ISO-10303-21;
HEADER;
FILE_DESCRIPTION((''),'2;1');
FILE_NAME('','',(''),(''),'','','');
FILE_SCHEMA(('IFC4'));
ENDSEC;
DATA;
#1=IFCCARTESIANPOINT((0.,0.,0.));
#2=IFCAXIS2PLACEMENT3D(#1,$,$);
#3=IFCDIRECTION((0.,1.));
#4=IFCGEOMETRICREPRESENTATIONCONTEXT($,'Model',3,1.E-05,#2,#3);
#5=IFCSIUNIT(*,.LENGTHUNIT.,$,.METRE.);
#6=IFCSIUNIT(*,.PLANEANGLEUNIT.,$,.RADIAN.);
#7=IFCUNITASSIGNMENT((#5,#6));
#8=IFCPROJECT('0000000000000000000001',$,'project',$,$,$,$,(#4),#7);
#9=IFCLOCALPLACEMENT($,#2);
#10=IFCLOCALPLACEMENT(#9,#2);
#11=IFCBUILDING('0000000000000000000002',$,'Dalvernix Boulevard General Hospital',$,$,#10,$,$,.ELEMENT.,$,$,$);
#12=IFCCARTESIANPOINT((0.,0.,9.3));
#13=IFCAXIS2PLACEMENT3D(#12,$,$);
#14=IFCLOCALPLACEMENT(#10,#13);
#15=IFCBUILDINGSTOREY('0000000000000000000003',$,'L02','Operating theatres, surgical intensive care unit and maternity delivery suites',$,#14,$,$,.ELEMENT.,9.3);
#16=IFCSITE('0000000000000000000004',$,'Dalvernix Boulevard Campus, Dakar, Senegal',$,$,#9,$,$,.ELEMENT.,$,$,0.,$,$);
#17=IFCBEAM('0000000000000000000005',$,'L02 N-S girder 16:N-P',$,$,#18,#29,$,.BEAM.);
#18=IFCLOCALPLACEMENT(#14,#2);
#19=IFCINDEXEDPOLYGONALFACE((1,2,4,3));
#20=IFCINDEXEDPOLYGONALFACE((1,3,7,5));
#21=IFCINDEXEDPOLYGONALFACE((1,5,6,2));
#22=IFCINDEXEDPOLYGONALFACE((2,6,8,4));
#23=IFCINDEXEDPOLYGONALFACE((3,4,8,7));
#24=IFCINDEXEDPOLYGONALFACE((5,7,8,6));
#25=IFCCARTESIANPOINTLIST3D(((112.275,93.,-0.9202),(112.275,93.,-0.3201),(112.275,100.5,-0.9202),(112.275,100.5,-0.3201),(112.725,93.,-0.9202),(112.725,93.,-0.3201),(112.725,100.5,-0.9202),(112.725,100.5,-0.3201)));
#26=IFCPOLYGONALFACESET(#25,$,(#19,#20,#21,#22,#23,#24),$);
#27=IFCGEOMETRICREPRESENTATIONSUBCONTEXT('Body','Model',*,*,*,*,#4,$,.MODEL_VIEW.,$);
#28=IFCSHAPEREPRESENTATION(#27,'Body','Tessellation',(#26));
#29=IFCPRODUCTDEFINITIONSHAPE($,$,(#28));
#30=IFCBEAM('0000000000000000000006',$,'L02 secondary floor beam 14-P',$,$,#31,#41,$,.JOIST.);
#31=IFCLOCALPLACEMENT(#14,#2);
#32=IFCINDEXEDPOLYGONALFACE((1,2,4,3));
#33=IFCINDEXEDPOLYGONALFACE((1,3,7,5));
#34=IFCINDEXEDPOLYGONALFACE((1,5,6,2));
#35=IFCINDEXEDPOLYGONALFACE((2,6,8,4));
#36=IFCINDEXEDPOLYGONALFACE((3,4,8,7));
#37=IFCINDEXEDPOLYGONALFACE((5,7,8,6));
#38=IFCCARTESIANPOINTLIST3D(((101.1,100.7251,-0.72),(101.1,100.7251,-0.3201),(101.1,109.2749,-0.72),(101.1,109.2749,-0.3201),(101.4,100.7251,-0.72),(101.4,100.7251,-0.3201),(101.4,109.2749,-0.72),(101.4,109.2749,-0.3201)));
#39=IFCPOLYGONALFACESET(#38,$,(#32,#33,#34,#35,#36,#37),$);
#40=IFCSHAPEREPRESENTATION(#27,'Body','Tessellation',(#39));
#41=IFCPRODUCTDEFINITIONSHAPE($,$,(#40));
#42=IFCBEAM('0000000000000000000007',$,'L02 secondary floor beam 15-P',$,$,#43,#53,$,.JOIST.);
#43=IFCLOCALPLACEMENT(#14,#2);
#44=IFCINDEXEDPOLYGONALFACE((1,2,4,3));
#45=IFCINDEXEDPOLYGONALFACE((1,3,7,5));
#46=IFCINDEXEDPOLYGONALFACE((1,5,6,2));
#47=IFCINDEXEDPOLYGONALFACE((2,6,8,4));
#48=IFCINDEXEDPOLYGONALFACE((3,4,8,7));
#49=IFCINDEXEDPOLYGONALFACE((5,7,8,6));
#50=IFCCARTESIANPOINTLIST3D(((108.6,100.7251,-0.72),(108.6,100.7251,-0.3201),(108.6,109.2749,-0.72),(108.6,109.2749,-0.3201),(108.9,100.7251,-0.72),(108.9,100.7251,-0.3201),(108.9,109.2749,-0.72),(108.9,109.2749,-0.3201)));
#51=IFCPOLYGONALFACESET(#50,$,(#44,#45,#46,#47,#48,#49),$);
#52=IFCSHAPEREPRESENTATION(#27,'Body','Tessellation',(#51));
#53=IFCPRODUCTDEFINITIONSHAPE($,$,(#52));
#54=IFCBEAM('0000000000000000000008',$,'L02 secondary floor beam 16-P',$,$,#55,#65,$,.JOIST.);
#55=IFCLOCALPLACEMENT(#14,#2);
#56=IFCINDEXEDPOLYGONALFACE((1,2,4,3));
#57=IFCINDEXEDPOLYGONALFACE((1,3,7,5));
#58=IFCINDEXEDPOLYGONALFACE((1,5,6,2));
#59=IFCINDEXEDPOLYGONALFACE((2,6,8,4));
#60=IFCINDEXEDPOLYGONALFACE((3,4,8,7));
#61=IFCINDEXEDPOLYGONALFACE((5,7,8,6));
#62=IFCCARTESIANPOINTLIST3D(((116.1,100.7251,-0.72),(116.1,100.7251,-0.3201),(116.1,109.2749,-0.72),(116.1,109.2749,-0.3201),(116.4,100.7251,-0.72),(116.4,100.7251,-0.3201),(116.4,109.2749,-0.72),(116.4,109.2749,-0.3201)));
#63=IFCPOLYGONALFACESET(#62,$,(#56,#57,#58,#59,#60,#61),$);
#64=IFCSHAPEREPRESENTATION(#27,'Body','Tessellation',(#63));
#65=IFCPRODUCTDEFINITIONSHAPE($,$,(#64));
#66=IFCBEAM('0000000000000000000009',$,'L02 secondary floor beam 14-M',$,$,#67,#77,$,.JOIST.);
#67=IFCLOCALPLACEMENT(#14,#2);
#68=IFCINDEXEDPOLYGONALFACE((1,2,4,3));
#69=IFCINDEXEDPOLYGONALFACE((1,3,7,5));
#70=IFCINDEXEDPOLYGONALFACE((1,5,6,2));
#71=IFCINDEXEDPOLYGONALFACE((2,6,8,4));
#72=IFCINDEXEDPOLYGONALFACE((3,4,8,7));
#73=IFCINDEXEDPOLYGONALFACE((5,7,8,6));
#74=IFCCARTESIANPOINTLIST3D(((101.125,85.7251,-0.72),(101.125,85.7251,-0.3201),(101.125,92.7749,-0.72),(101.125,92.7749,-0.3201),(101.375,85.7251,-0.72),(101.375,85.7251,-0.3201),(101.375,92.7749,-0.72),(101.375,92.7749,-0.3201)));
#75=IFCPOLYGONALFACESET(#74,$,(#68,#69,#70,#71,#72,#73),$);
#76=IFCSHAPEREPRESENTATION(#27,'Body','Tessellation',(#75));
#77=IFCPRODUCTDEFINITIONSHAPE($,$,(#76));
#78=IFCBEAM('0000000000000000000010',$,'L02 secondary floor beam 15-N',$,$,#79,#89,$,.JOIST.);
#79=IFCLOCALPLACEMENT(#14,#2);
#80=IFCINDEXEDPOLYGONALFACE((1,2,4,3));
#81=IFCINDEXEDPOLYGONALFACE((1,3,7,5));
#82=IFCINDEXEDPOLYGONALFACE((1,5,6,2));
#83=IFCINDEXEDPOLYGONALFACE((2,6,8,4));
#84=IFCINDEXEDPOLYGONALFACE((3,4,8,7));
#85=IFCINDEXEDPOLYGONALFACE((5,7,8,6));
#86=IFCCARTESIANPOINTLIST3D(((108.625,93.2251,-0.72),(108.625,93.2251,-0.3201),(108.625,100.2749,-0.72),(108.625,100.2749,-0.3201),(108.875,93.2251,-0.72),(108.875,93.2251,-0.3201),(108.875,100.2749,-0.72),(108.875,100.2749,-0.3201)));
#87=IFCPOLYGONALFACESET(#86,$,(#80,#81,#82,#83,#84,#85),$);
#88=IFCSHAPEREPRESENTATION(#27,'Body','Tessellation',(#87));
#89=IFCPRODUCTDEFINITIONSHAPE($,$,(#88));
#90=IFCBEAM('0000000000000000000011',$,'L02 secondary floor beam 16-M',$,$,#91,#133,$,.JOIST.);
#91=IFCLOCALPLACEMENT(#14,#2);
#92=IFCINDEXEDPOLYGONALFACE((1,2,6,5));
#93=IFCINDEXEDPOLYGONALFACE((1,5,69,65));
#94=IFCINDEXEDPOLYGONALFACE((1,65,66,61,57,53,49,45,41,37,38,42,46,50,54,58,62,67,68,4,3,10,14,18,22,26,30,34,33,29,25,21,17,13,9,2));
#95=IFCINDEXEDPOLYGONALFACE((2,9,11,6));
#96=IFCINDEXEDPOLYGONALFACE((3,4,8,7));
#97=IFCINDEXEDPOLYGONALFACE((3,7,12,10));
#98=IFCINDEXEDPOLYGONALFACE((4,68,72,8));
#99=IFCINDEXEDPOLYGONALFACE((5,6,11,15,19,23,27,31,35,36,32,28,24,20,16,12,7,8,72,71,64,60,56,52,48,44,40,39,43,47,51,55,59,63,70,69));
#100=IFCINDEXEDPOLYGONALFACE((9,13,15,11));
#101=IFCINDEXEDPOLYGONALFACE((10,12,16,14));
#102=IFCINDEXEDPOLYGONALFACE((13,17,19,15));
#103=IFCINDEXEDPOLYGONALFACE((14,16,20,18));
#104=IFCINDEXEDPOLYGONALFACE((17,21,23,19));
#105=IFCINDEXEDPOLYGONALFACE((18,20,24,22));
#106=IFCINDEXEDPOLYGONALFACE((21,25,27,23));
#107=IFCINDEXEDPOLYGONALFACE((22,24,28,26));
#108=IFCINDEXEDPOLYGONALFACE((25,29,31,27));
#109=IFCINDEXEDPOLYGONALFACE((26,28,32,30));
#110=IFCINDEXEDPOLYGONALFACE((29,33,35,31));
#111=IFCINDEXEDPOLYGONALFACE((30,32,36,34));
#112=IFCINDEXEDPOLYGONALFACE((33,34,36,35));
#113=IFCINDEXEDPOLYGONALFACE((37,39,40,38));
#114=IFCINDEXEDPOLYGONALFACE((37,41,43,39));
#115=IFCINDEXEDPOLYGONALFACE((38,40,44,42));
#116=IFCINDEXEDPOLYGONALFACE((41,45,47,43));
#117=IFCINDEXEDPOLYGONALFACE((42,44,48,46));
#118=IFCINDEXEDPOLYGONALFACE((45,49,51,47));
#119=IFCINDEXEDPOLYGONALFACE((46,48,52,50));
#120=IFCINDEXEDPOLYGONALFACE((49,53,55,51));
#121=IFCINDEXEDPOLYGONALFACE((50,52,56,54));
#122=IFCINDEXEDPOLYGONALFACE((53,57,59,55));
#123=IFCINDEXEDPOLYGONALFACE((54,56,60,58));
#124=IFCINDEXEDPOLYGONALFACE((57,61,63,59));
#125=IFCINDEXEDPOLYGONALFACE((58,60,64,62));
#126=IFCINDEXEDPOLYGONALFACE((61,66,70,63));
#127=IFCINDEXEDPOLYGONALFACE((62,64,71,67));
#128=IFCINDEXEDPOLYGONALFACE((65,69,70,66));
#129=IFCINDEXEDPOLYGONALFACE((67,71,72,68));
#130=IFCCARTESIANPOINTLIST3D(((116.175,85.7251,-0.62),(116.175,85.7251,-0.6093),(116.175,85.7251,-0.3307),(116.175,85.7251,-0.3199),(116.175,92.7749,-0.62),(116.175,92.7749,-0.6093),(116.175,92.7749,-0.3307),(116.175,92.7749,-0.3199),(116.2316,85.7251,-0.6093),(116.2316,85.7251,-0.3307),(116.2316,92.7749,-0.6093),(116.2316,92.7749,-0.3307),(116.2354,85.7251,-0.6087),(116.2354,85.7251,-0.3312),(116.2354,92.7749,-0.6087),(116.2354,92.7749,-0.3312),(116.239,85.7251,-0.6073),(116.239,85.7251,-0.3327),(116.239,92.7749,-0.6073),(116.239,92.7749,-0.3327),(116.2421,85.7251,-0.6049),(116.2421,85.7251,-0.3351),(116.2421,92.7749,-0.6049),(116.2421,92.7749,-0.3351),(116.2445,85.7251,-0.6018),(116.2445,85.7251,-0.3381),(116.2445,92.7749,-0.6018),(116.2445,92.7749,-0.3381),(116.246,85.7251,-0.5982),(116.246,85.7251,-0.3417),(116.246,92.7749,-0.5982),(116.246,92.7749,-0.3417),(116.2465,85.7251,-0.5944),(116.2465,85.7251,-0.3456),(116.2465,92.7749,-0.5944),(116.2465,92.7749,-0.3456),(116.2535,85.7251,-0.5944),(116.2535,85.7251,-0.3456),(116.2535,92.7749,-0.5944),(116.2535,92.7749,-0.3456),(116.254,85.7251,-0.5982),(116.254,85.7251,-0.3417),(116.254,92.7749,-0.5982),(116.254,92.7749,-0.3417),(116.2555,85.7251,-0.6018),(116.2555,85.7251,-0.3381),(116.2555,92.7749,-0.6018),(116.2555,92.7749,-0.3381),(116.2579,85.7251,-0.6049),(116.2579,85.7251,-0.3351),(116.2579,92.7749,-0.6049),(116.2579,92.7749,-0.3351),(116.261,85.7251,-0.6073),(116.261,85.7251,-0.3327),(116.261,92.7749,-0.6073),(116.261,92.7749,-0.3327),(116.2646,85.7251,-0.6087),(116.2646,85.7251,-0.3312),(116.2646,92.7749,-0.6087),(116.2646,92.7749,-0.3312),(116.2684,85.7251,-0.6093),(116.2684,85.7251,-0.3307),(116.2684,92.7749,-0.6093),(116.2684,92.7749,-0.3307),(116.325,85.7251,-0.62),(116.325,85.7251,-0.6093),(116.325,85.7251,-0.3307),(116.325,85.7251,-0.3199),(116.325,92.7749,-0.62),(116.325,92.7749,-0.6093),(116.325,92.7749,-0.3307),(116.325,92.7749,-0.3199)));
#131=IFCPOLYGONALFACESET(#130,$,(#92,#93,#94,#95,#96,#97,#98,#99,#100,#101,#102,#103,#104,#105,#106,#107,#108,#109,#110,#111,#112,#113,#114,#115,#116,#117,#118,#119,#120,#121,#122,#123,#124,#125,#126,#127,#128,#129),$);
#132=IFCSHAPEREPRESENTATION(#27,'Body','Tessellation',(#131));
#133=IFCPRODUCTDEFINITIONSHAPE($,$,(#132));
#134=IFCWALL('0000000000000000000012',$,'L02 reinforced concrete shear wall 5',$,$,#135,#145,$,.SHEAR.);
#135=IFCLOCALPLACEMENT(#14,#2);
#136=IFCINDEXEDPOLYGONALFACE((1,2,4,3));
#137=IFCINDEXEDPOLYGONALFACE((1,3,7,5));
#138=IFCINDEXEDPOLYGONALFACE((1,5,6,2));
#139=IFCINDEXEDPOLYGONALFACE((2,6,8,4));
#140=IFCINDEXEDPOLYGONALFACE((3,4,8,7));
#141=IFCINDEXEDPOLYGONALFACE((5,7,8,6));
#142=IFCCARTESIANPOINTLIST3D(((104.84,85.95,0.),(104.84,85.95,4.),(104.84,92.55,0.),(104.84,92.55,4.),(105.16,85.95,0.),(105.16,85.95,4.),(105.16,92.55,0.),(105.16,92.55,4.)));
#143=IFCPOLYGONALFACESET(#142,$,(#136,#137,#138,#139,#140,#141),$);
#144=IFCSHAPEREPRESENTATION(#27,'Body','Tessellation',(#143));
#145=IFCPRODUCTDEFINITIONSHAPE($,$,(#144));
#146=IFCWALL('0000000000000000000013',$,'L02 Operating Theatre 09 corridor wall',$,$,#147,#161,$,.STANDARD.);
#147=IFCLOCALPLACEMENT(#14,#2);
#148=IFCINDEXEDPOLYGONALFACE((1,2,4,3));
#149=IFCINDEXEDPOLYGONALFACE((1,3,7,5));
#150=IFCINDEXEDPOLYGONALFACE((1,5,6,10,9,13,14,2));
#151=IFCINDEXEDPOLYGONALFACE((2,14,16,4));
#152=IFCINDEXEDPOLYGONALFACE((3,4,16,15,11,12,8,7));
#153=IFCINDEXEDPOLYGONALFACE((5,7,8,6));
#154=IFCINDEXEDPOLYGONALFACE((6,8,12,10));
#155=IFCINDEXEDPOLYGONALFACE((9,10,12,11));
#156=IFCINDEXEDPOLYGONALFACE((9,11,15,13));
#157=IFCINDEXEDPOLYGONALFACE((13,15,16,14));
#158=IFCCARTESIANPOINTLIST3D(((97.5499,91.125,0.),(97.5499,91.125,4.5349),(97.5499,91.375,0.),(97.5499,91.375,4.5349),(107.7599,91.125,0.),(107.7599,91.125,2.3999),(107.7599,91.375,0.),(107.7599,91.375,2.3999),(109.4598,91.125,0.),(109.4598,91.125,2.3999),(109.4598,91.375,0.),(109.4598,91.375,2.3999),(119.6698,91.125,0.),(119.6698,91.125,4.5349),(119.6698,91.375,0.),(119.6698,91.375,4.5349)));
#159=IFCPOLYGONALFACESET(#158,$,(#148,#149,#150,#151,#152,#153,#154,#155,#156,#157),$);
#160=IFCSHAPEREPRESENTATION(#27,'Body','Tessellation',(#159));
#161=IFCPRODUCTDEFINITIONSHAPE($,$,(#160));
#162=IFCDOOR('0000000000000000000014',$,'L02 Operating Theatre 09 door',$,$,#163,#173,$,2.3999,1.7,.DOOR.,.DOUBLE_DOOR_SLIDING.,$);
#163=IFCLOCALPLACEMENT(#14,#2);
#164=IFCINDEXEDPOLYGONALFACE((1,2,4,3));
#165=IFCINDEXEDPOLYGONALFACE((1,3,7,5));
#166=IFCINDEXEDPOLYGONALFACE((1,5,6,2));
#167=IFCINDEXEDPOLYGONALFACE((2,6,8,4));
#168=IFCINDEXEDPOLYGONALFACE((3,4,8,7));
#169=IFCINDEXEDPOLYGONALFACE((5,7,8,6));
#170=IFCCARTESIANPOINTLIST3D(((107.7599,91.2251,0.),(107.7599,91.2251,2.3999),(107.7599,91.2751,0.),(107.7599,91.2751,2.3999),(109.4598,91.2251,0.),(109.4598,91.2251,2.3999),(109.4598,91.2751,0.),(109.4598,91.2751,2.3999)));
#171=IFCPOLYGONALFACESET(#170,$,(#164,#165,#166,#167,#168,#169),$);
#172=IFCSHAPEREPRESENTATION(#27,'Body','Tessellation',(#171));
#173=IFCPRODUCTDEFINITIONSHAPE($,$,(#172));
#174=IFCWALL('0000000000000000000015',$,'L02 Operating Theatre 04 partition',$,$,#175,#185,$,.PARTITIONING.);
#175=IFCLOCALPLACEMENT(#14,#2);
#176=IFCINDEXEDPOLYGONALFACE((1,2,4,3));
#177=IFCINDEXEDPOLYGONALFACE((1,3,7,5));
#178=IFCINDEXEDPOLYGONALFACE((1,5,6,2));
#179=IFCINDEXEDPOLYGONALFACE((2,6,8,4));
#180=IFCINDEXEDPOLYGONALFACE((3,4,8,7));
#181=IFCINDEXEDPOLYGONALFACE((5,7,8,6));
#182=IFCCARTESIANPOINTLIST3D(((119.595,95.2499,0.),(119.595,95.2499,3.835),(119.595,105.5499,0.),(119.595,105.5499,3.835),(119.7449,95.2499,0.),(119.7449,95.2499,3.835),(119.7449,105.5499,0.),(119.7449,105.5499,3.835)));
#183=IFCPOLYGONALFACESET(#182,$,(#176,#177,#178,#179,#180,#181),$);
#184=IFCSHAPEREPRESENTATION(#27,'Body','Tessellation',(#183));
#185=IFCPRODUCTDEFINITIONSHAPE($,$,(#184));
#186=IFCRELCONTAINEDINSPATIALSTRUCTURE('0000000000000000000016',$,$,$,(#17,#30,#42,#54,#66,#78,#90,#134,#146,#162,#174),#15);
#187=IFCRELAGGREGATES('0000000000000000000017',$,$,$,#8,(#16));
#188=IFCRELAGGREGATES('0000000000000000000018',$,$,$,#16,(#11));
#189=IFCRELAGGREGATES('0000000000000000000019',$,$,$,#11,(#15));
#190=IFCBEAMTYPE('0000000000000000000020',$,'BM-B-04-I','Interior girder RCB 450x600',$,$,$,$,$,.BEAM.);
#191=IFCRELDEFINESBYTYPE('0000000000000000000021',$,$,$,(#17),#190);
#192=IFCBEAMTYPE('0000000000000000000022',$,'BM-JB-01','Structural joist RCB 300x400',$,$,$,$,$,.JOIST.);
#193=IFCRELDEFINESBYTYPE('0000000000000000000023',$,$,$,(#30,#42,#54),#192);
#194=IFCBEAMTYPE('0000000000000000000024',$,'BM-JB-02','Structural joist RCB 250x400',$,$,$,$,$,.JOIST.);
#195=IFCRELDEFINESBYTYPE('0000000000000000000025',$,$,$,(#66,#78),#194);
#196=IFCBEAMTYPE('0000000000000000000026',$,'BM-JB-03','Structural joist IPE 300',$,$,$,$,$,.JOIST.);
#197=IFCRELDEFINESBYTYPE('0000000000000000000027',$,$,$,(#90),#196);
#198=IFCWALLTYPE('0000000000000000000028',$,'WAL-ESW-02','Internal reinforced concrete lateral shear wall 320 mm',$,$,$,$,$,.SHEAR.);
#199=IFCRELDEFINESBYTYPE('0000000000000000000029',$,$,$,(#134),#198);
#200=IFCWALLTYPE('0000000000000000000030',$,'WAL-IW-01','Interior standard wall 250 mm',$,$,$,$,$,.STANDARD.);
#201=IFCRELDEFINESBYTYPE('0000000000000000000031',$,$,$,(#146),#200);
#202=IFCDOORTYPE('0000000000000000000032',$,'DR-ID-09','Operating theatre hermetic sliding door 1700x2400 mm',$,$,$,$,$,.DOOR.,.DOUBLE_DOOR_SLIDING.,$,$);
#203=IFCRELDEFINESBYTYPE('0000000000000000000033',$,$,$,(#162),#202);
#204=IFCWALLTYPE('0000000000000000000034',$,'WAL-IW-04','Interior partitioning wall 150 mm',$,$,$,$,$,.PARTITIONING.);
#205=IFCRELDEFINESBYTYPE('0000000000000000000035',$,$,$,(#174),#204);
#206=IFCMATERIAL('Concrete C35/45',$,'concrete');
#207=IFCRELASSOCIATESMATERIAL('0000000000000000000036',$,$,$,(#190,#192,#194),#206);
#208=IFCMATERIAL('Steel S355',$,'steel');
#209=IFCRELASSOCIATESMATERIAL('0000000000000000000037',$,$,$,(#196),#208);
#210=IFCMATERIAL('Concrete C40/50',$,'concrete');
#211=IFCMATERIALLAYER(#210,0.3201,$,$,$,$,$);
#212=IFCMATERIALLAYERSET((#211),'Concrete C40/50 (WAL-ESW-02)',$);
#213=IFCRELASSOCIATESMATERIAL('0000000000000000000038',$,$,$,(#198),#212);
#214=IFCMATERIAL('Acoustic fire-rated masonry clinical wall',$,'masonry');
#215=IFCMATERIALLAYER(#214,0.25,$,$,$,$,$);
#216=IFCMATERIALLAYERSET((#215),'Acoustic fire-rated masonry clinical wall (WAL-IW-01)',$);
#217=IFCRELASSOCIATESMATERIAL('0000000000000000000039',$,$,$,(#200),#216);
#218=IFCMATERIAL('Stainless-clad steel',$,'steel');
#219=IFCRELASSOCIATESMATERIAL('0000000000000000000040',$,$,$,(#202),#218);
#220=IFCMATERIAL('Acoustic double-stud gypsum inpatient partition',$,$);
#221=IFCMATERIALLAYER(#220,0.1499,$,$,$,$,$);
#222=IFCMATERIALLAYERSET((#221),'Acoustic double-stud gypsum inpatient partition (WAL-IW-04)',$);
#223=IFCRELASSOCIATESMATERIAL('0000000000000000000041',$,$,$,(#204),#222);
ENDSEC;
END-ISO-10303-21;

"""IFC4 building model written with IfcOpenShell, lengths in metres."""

from ifc_helpers import new_model, si_unit, direction, frame, frame_2d, origin, origin_2d, place, context, subcontext, project, spatial, rectangle, i_section, extrude, material, layer, layer_set, material_profile, profile_set, type_object, element, fill, save


model = new_model("IFC4")

# Units and contexts
model_context = context("Model", 3, precision=1e-05, world=origin(), true_north=direction((0.0, 1.0)))
body_context = subcontext(model_context, "Body", "Model", "MODEL_VIEW")
ifc_project = project(units=[si_unit("LENGTHUNIT", "METRE"), si_unit("PLANEANGLEUNIT", "RADIAN")], contexts=[model_context])

# Site, building, storey
site_placement = place(None, origin())
site = spatial("IfcSite", under=ifc_project, at=site_placement, Name="Dalvernix Boulevard Campus, Dakar, Senegal", CompositionType="ELEMENT", RefElevation=0.0)
building_placement = place(site_placement, origin())
building = spatial("IfcBuilding", under=site, at=building_placement, Name="Dalvernix Boulevard General Hospital", CompositionType="ELEMENT")
storey_placement = place(building_placement, frame((0.0, 0.0, 9.3)))
storey = spatial("IfcBuildingStorey", under=building, at=storey_placement, Name="L02", Description="Operating theatres, surgical intensive care unit and maternity delivery suites", CompositionType="ELEMENT", Elevation=9.3)

# Shared definitions
ifc_material_1 = material(Name="Concrete C40/50", Category="concrete")

# Beams
ifc_material_2 = material(Name="Concrete C35/45", Category="concrete")
ifc_material_profile_1 = material_profile(ifc_material_2, rectangle(XDim=0.45, YDim=0.6001, at=origin_2d()), Name="RCB 450x600")
ifc_profile_set_1 = profile_set([ifc_material_profile_1], Name="Concrete C35/45")
beam_type_1 = type_object("IfcBeamType", Name="BM-B-04-I", Description="Interior girder RCB 450x600", PredefinedType="BEAM", material=ifc_profile_set_1)
for number, where, z_axis, x_axis, name in (
    (1, (112.5, 93.0, -0.6201), (0.0, 1.0, 0.0), (-1.0, 0.0, 0.0), "L02 N-S girder 16:N-P"),
):
    element("IfcBeam", number, at=place(storey_placement, frame(where, z_axis=z_axis, x_axis=x_axis)), inside=storey, type_object=beam_type_1, Name=name, PredefinedType="BEAM", context=body_context, shape_type="SweptSolid", body=[
        extrude(rectangle(XDim=0.45, YDim=0.6001, at=origin_2d()), origin(), (0.0, 0.0, 1.0), 7.5),
    ])
ifc_material_profile_2 = material_profile(ifc_material_2, rectangle(XDim=0.3, YDim=0.3999, at=origin_2d()), Name="RCB 300x400")
ifc_profile_set_2 = profile_set([ifc_material_profile_2], Name="Concrete C35/45")
beam_type_2 = type_object("IfcBeamType", Name="BM-JB-01", Description="Structural joist RCB 300x400", PredefinedType="JOIST", material=ifc_profile_set_2)
for number, where, z_axis, x_axis, name in (
    (2, (101.25, 100.7251, -0.52), (0.0, 1.0, 0.0), (-1.0, 0.0, 0.0), "L02 secondary floor beam 14-P"),
    (3, (108.75, 100.7251, -0.52), (0.0, 1.0, 0.0), (-1.0, 0.0, 0.0), "L02 secondary floor beam 15-P"),
    (4, (116.25, 100.7251, -0.52), (0.0, 1.0, 0.0), (-1.0, 0.0, 0.0), "L02 secondary floor beam 16-P"),
):
    element("IfcBeam", number, at=place(storey_placement, frame(where, z_axis=z_axis, x_axis=x_axis)), inside=storey, type_object=beam_type_2, Name=name, PredefinedType="JOIST", context=body_context, shape_type="SweptSolid", body=[
        extrude(rectangle(XDim=0.3, YDim=0.3999, at=origin_2d()), origin(), (0.0, 0.0, 1.0), 8.5498),
    ])
ifc_material_profile_3 = material_profile(ifc_material_2, rectangle(XDim=0.25, YDim=0.3999, at=origin_2d()), Name="RCB 250x400")
ifc_profile_set_3 = profile_set([ifc_material_profile_3], Name="Concrete C35/45")
beam_type_3 = type_object("IfcBeamType", Name="BM-JB-02", Description="Structural joist RCB 250x400", PredefinedType="JOIST", material=ifc_profile_set_3)
for number, where, z_axis, x_axis, name in (
    (5, (101.25, 85.7251, -0.52), (0.0, 1.0, 0.0), (-1.0, 0.0, 0.0), "L02 secondary floor beam 14-M"),
    (6, (108.75, 93.2251, -0.52), (0.0, 1.0, 0.0), (-1.0, 0.0, 0.0), "L02 secondary floor beam 15-N"),
):
    element("IfcBeam", number, at=place(storey_placement, frame(where, z_axis=z_axis, x_axis=x_axis)), inside=storey, type_object=beam_type_3, Name=name, PredefinedType="JOIST", context=body_context, shape_type="SweptSolid", body=[
        extrude(rectangle(XDim=0.25, YDim=0.3999, at=origin_2d()), origin(), (0.0, 0.0, 1.0), 7.0498),
    ])
ifc_material_3 = material(Name="Steel S355", Category="steel")
ifc_material_profile_4 = material_profile(ifc_material_3, i_section(OverallWidth=0.1499, OverallDepth=0.3, WebThickness=0.0071, FlangeThickness=0.0107, FilletRadius=0.0149, at=origin_2d()), Name="IPE 300")
ifc_profile_set_4 = profile_set([ifc_material_profile_4], Name="Steel S355")
beam_type_4 = type_object("IfcBeamType", Name="BM-JB-03", Description="Structural joist IPE 300", PredefinedType="JOIST", material=ifc_profile_set_4)
beam_placement = place(storey_placement, frame((116.25, 85.7251, -0.47), z_axis=(0.0, 1.0, 0.0), x_axis=(-1.0, 0.0, 0.0)))
element("IfcBeam", 7, at=beam_placement, inside=storey, type_object=beam_type_4, Name="L02 secondary floor beam 16-M", PredefinedType="JOIST", context=body_context, shape_type="SweptSolid", body=[
    extrude(i_section(OverallWidth=0.1499, OverallDepth=0.3, WebThickness=0.0071, FlangeThickness=0.0107, FilletRadius=0.0149, at=origin_2d()), origin(), (0.0, 0.0, 1.0), 7.0498),
])

# Wall
ifc_layer_1 = layer(ifc_material_1, 0.3201)
ifc_layer_set_1 = layer_set([ifc_layer_1], Name="Concrete C40/50 (WAL-ESW-02)")
wall_type_1 = type_object("IfcWallType", Name="WAL-ESW-02", Description="Internal reinforced concrete lateral shear wall 320 mm", PredefinedType="SHEAR", material=ifc_layer_set_1)
wall_1_placement = place(storey_placement, frame((105.0, 85.95, 0.0), z_axis=(0.0, 0.0, 1.0), x_axis=(0.0, 1.0, 0.0)))
element("IfcWall", 8, at=wall_1_placement, inside=storey, type_object=wall_type_1, Name="L02 reinforced concrete shear wall 5", PredefinedType="SHEAR", context=body_context, shape_type="SweptSolid", body=[
    extrude(rectangle(XDim=6.6001, YDim=0.3201, at=frame_2d((3.3, 0.0))), origin(), (0.0, 0.0, 1.0), 4.0),
])

# Wall, opening, door
ifc_material_4 = material(Name="Acoustic fire-rated masonry clinical wall", Category="masonry")
ifc_layer_2 = layer(ifc_material_4, 0.25)
ifc_layer_set_2 = layer_set([ifc_layer_2], Name="Acoustic fire-rated masonry clinical wall (WAL-IW-01)")
wall_type_2 = type_object("IfcWallType", Name="WAL-IW-01", Description="Interior standard wall 250 mm", PredefinedType="STANDARD", material=ifc_layer_set_2)
wall_2_placement = place(storey_placement, frame((119.6699, 91.25, 0.0), z_axis=(0.0, 0.0, 1.0), x_axis=(-1.0, 0.0, 0.0)))
wall_2 = element("IfcWall", 9, at=wall_2_placement, inside=storey, type_object=wall_type_2, Name="L02 Operating Theatre 09 corridor wall", PredefinedType="STANDARD", context=body_context, shape_type="SweptSolid", body=[
    extrude(rectangle(XDim=22.1199, YDim=0.25, at=frame_2d((11.0601, 0.0))), origin(), (0.0, 0.0, 1.0), 4.5349),
])
opening_placement = place(wall_2_placement, frame((10.21, 0.0, 0.0)))
opening = element("IfcOpeningElement", 10, at=opening_placement, cuts=wall_2, PredefinedType="OPENING", context=body_context, shape_type="SweptSolid", body=[
    extrude(rectangle(XDim=1.7, YDim=2.3999, at=frame_2d((0.8501, 1.2))), frame((0.0, 0.135, 0.0), z_axis=(0.0, -1.0, 0.0), x_axis=(1.0, 0.0, 0.0)), (0.0, 0.0, 1.0), 0.27),
])
ifc_material_5 = material(Name="Stainless-clad steel", Category="steel")
door_type = type_object("IfcDoorType", Name="DR-ID-09", Description="Operating theatre hermetic sliding door 1700x2400 mm", OperationType="DOUBLE_DOOR_SLIDING", PredefinedType="DOOR", material=ifc_material_5)
door_placement = place(opening_placement, origin())
door = element("IfcDoor", 11, at=door_placement, inside=storey, type_object=door_type, Name="L02 Operating Theatre 09 door", OperationType="DOUBLE_DOOR_SLIDING", OverallHeight=2.3999, OverallWidth=1.7, PredefinedType="DOOR", context=body_context, shape_type="SweptSolid", body=[
    extrude(rectangle(XDim=1.7, YDim=2.3999, at=frame_2d((0.8501, 1.2))), frame((0.0, 0.0249, 0.0), z_axis=(0.0, -1.0, 0.0), x_axis=(1.0, 0.0, 0.0)), (0.0, 0.0, 1.0), 0.05),
])
fill(opening, door)

# Wall
ifc_material_6 = material(Name="Acoustic double-stud gypsum inpatient partition")
ifc_layer_3 = layer(ifc_material_6, 0.1499)
ifc_layer_set_3 = layer_set([ifc_layer_3], Name="Acoustic double-stud gypsum inpatient partition (WAL-IW-04)")
wall_type_3 = type_object("IfcWallType", Name="WAL-IW-04", Description="Interior partitioning wall 150 mm", PredefinedType="PARTITIONING", material=ifc_layer_set_3)
wall_3_placement = place(storey_placement, frame((119.6699, 95.25, 0.0), z_axis=(0.0, 0.0, 1.0), x_axis=(0.0, 1.0, 0.0)))
element("IfcWall", 12, at=wall_3_placement, inside=storey, type_object=wall_type_3, Name="L02 Operating Theatre 04 partition", PredefinedType="PARTITIONING", context=body_context, shape_type="SweptSolid", body=[
    extrude(rectangle(XDim=10.3, YDim=0.1499, at=frame_2d((5.1499, 0.0))), origin(), (0.0, 0.0, 1.0), 3.835),
])

save(model, "model.ifc")
